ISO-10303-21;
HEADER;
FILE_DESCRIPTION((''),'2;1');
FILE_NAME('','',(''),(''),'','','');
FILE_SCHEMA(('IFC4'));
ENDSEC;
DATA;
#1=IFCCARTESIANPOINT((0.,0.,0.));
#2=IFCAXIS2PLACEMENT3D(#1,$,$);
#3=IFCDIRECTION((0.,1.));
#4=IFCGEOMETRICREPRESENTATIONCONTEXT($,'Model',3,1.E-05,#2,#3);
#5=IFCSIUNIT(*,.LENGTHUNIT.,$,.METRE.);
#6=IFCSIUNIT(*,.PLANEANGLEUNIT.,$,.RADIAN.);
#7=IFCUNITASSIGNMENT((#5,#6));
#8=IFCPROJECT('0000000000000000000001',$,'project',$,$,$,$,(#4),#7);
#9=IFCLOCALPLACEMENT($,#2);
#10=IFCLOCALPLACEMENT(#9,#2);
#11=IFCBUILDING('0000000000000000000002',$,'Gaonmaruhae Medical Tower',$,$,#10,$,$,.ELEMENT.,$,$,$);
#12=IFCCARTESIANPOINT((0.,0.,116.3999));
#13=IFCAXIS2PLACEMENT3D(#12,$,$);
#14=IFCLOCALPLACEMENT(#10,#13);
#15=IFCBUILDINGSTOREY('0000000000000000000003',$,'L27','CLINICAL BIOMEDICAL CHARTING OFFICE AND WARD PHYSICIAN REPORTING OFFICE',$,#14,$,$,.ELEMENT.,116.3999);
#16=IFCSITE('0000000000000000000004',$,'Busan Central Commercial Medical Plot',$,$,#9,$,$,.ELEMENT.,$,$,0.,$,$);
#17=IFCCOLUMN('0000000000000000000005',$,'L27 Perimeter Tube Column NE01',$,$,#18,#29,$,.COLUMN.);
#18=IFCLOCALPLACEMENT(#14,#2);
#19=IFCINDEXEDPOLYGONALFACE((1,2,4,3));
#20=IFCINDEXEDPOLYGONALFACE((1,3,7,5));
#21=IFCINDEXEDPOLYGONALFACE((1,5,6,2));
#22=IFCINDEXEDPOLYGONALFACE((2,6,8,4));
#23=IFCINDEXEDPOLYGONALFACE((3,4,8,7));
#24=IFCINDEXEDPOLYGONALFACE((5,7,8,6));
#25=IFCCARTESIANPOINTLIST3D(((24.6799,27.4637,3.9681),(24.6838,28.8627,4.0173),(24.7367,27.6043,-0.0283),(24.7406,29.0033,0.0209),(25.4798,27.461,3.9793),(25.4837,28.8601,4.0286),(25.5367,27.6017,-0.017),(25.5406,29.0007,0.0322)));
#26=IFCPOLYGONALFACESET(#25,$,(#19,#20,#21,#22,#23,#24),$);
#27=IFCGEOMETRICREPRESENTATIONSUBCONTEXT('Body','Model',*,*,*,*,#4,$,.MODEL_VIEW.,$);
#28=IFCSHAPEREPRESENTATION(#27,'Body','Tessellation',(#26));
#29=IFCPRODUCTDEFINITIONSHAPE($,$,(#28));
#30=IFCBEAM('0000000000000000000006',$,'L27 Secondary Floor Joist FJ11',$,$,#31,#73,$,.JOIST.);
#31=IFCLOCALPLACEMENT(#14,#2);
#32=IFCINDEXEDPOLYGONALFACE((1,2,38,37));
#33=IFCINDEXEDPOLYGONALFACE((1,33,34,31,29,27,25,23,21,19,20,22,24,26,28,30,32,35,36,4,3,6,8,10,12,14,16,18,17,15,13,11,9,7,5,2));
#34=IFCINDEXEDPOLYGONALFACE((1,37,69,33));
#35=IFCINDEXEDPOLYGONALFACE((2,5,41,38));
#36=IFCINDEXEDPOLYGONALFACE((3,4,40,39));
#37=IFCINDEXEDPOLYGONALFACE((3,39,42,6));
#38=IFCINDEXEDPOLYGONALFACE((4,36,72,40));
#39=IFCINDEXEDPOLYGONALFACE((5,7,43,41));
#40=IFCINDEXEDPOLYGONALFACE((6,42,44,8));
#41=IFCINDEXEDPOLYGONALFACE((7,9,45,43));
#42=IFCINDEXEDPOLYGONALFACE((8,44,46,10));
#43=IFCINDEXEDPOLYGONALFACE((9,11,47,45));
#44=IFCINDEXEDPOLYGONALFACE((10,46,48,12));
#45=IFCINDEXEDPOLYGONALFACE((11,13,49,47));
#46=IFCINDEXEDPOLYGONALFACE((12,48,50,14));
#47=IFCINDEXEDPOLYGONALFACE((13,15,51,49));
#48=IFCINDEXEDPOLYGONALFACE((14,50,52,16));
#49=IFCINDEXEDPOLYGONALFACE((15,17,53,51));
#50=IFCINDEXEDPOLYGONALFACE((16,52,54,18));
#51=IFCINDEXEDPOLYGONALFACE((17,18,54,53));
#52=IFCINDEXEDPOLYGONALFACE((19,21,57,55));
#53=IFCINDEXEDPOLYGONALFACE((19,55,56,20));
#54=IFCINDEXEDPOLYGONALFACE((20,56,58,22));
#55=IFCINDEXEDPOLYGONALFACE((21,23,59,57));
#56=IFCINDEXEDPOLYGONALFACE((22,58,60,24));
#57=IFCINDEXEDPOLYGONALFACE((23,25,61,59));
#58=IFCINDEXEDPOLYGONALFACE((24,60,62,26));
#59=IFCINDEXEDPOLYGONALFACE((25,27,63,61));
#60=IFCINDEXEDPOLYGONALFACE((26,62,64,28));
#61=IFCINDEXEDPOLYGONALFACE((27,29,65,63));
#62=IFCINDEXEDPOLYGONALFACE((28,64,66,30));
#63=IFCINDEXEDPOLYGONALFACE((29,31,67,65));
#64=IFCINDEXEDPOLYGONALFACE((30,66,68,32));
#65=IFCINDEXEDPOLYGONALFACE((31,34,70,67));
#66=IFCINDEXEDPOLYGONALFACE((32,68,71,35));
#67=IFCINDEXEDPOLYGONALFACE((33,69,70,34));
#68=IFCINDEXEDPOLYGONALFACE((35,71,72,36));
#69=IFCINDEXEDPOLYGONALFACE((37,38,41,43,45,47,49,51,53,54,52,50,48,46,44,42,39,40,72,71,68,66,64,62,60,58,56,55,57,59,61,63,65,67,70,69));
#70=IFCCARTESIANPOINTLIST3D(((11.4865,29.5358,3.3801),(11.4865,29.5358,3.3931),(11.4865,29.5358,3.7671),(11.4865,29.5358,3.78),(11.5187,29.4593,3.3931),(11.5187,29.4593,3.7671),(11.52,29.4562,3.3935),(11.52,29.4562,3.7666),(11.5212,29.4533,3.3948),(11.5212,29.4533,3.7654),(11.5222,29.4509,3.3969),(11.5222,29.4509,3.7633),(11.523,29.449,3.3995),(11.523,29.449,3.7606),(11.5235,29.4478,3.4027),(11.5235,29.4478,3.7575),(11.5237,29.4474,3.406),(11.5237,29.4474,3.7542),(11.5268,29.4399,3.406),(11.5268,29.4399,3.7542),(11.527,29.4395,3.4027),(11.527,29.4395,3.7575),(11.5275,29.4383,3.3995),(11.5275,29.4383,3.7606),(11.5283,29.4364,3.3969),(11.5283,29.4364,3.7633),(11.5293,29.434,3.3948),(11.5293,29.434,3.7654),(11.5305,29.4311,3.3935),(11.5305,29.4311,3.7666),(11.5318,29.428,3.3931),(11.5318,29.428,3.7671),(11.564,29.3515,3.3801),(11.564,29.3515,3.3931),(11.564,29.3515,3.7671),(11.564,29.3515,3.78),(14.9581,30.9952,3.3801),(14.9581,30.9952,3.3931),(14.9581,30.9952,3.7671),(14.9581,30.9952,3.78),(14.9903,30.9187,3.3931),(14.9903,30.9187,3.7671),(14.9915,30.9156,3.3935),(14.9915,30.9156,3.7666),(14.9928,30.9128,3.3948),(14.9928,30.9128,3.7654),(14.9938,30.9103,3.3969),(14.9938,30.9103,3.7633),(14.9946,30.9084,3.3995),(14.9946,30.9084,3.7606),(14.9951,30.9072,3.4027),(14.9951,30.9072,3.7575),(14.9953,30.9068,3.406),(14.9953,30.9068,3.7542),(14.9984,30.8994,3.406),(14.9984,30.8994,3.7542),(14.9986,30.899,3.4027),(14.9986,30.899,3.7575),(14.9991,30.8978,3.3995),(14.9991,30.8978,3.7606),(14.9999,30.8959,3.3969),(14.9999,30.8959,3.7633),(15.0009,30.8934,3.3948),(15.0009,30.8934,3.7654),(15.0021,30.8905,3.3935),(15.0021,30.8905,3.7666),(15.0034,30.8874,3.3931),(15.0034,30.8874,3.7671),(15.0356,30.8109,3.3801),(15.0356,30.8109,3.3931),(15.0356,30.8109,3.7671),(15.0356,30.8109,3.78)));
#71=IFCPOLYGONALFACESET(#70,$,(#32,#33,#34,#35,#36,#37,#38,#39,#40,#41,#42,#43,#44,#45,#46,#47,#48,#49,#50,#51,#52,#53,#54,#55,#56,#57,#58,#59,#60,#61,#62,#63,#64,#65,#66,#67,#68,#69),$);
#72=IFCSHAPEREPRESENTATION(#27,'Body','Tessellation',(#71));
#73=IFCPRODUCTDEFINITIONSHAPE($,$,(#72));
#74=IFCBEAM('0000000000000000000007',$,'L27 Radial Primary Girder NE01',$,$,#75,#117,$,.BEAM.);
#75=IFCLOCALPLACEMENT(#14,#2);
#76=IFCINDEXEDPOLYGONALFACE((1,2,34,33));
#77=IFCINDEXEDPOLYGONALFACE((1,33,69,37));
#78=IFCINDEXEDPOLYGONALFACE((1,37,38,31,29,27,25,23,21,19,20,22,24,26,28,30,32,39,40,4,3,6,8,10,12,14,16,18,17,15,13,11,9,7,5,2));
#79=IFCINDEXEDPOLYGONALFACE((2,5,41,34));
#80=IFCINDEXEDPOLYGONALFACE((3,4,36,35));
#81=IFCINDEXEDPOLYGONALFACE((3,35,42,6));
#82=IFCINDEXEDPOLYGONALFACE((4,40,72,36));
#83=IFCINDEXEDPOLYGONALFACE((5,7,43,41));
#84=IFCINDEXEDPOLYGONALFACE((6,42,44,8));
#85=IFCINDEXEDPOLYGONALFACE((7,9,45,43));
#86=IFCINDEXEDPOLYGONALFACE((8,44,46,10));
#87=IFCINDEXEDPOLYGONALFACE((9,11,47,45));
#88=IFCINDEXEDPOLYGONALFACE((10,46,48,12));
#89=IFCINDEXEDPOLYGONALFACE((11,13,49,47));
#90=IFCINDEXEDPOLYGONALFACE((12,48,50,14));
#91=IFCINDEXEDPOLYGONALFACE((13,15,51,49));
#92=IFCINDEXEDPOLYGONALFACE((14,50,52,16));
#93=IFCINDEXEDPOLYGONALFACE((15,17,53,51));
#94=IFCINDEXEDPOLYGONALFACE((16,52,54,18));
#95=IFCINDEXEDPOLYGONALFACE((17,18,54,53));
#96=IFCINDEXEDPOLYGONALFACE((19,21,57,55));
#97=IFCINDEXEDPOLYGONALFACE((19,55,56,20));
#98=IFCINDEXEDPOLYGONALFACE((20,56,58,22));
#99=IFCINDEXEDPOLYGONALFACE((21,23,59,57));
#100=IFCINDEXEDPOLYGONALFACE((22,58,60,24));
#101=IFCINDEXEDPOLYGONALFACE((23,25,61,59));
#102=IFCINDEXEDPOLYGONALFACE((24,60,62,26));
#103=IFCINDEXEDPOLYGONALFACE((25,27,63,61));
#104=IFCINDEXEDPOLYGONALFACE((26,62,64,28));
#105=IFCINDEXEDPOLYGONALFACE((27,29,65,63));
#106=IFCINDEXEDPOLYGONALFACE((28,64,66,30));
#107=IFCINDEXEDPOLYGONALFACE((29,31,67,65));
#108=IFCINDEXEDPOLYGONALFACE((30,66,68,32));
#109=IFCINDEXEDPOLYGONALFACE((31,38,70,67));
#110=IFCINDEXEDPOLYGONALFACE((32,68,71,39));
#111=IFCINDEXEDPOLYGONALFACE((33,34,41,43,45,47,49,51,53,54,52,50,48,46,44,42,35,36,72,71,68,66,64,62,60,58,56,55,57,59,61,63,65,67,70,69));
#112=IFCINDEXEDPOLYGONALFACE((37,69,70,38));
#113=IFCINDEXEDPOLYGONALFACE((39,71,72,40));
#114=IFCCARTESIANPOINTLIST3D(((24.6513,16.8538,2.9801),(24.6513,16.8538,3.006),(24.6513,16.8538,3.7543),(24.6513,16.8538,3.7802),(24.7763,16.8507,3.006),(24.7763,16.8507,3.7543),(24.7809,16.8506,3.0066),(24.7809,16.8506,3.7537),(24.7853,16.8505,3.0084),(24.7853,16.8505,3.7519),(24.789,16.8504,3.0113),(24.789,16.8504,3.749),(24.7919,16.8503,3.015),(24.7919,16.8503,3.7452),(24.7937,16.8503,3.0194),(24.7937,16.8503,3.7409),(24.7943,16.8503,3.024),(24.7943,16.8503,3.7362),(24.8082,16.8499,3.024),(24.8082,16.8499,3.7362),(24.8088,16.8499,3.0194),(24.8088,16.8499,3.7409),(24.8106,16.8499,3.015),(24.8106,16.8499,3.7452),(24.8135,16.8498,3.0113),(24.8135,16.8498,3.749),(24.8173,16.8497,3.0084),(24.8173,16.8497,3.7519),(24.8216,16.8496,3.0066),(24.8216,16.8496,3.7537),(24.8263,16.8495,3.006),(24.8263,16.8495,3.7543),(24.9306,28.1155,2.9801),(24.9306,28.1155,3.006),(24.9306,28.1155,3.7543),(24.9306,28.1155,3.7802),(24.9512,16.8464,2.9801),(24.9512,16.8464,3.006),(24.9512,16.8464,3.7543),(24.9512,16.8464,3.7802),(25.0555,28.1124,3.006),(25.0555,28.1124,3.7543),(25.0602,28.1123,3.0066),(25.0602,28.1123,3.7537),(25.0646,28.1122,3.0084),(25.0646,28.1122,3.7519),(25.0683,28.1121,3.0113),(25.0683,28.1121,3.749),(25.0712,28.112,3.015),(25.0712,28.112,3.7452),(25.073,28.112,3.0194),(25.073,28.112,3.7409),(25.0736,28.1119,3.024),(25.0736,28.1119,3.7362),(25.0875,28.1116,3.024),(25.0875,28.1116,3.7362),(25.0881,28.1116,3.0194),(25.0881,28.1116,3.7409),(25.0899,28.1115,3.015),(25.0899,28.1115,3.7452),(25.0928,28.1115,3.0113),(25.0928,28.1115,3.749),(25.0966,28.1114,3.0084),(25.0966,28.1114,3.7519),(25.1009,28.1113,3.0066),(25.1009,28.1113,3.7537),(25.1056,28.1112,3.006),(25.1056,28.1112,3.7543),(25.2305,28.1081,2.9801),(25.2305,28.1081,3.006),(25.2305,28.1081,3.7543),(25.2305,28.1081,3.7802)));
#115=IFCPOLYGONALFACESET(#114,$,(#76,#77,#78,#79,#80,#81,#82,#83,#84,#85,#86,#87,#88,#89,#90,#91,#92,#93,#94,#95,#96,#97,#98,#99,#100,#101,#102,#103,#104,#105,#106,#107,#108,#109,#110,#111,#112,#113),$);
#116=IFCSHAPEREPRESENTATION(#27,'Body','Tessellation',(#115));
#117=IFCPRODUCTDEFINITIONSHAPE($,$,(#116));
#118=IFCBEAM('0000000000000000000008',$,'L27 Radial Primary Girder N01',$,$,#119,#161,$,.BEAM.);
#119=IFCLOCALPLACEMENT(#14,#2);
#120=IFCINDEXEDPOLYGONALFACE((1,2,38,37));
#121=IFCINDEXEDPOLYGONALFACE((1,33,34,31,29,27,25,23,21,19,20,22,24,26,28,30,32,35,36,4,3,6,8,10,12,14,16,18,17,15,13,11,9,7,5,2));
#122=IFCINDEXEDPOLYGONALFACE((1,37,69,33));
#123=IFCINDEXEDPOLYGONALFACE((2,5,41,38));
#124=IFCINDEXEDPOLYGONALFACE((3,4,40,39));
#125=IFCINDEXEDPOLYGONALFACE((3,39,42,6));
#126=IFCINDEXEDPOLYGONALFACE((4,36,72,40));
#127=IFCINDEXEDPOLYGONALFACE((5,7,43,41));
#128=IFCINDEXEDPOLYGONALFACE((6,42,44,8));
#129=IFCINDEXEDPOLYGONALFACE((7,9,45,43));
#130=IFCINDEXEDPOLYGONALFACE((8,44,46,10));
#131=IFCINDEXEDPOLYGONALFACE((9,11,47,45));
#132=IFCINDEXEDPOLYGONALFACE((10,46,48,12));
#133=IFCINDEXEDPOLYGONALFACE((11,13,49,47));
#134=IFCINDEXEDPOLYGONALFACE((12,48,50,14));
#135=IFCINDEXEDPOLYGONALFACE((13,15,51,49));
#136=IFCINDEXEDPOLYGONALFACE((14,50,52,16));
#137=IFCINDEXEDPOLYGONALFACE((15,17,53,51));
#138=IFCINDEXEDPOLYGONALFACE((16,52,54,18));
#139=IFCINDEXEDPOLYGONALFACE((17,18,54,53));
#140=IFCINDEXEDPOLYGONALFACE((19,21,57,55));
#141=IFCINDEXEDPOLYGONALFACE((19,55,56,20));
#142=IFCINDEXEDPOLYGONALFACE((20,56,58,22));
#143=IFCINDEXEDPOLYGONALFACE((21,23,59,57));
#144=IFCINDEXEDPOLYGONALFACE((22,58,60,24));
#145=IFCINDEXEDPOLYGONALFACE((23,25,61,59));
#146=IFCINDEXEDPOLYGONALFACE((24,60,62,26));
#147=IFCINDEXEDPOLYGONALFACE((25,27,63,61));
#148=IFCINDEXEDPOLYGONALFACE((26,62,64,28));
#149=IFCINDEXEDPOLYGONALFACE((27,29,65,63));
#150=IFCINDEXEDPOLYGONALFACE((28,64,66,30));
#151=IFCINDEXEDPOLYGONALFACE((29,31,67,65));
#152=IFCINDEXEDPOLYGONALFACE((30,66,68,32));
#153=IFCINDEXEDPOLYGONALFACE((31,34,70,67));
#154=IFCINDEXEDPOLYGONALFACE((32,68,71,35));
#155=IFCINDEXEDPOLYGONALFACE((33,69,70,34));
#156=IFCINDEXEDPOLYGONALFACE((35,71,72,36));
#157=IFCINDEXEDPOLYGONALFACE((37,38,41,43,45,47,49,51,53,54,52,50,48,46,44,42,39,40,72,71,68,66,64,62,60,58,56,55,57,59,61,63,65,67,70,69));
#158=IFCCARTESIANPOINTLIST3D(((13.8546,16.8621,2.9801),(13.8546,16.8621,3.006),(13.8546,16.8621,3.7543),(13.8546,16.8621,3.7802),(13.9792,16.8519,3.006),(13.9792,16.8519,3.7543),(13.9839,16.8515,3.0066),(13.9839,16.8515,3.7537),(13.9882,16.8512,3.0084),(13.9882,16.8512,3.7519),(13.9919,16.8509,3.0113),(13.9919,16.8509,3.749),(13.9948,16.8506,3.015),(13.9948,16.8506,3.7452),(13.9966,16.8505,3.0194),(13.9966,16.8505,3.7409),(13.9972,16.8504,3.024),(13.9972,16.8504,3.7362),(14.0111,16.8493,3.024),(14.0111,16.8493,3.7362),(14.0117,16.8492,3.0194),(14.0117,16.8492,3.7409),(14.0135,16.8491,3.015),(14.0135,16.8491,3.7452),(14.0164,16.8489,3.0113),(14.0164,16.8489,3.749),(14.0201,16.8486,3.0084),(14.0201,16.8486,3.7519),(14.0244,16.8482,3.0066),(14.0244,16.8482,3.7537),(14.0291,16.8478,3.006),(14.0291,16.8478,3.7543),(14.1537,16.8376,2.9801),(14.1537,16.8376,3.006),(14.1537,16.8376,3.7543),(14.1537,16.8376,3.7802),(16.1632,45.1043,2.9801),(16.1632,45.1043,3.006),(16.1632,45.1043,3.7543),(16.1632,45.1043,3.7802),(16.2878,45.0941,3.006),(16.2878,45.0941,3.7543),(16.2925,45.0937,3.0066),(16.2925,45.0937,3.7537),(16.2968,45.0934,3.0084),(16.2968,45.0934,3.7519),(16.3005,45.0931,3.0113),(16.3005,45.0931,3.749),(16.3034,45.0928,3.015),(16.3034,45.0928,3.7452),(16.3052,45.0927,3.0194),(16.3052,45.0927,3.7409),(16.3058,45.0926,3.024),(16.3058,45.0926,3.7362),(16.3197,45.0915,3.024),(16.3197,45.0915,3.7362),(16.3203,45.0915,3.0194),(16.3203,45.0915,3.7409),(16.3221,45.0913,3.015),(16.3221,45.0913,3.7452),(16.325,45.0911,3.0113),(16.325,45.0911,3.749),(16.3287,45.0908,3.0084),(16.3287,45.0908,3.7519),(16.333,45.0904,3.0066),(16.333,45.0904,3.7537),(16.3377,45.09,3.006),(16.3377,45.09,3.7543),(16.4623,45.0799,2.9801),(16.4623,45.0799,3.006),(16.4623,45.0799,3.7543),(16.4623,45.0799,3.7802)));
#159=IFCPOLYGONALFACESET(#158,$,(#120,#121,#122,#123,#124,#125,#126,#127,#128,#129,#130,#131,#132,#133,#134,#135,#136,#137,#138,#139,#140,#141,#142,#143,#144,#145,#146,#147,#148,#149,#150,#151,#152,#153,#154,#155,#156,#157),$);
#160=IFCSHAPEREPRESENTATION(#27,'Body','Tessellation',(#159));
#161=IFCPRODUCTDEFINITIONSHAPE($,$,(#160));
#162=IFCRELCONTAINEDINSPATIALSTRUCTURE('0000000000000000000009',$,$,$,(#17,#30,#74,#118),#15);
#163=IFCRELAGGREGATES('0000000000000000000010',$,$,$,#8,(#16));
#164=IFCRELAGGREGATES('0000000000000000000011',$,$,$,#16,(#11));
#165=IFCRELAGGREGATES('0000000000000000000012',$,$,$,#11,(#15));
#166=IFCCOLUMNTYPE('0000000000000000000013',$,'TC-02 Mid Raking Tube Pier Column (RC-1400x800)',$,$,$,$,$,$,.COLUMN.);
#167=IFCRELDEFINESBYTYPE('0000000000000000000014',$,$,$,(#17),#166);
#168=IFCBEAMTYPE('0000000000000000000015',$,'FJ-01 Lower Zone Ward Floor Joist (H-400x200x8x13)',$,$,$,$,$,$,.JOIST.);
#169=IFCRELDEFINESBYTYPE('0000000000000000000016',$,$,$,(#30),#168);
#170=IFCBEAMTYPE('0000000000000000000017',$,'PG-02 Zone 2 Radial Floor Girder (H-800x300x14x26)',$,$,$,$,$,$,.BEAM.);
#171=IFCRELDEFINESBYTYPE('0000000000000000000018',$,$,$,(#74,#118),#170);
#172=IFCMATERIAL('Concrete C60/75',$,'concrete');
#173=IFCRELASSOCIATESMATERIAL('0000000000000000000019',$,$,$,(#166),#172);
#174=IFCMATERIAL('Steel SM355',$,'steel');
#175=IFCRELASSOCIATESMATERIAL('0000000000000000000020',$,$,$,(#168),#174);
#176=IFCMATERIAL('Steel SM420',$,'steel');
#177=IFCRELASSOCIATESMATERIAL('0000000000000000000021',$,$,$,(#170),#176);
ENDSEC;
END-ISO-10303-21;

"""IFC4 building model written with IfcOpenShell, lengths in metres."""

from ifc_helpers import new_model, si_unit, direction, frame, origin, origin_2d, place, context, subcontext, project, spatial, rectangle, i_section, extrude, material, material_profile, profile_set, type_object, element, save


model = new_model("IFC4")

# Units and contexts
model_context = context("Model", 3, precision=1e-05, world=origin(), true_north=direction((0.0, 1.0)))
body_context = subcontext(model_context, "Body", "Model", "MODEL_VIEW")
ifc_project = project(units=[si_unit("LENGTHUNIT", "METRE"), si_unit("PLANEANGLEUNIT", "RADIAN")], contexts=[model_context])

# Site, building, storey
site_placement = place(None, origin())
site = spatial("IfcSite", under=ifc_project, at=site_placement, Name="Busan Central Commercial Medical Plot", CompositionType="ELEMENT", RefElevation=0.0)
building_placement = place(site_placement, origin())
building = spatial("IfcBuilding", under=site, at=building_placement, Name="Gaonmaruhae Medical Tower", CompositionType="ELEMENT")
storey_placement = place(building_placement, frame((0.0, 0.0, 116.3999)))
storey = spatial("IfcBuildingStorey", under=building, at=storey_placement, Name="L27", Description="CLINICAL BIOMEDICAL CHARTING OFFICE AND WARD PHYSICIAN REPORTING OFFICE", CompositionType="ELEMENT", Elevation=116.3999)

# Column
ifc_material_1 = material(Name="Concrete C60/75", Category="concrete")
ifc_material_profile_1 = material_profile(ifc_material_1, rectangle(XDim=1.3999, YDim=0.8, at=origin_2d()), Name="RC-1400x800")
ifc_profile_set_1 = profile_set([ifc_material_profile_1], Name="Concrete C60/75")
column_type = type_object("IfcColumnType", Name="TC-02 Mid Raking Tube Pier Column (RC-1400x800)", PredefinedType="COLUMN", material=ifc_profile_set_1)
column_placement = place(storey_placement, frame((25.1387, 28.3025, 0.002), z_axis=(-0.014224, -0.035163, 0.99928), x_axis=(0.002787, 0.999376, 0.035206)))
element("IfcColumn", 1, at=column_placement, inside=storey, type_object=column_type, Name="L27 Perimeter Tube Column NE01", PredefinedType="COLUMN", context=body_context, shape_type="SweptSolid", body=[
    extrude(rectangle(XDim=1.3999, YDim=0.8, at=origin_2d()), origin(), (0.0, 0.0, 1.0), 3.9993),
])

# Beams
ifc_material_2 = material(Name="Steel SM355", Category="steel")
ifc_material_profile_2 = material_profile(ifc_material_2, i_section(OverallWidth=0.2, OverallDepth=0.3999, WebThickness=0.0081, FlangeThickness=0.0129, FilletRadius=0.0129, at=origin_2d()), Name="H-400x200x8x13")
ifc_profile_set_2 = profile_set([ifc_material_profile_2], Name="Steel SM355")
beam_type_1 = type_object("IfcBeamType", Name="FJ-01 Lower Zone Ward Floor Joist (H-400x200x8x13)", PredefinedType="JOIST", material=ifc_profile_set_2)
beam_1_placement = place(storey_placement, frame((14.9968, 30.9031, 3.5801), z_axis=(-0.921852, -0.387541, 0.0), x_axis=(0.387541, -0.921852, 0.0)))
element("IfcBeam", 2, at=beam_1_placement, inside=storey, type_object=beam_type_1, Name="L27 Secondary Floor Joist FJ11", PredefinedType="JOIST", context=body_context, shape_type="SweptSolid", body=[
    extrude(i_section(OverallWidth=0.2, OverallDepth=0.3999, WebThickness=0.0081, FlangeThickness=0.0129, FilletRadius=0.0129, at=origin_2d()), origin(), (0.0, 0.0, 1.0), 3.7659),
])
ifc_material_3 = material(Name="Steel SM420", Category="steel")
ifc_material_profile_3 = material_profile(ifc_material_3, i_section(OverallWidth=0.3, OverallDepth=0.8, WebThickness=0.0139, FlangeThickness=0.0259, FilletRadius=0.0181, at=origin_2d()), Name="H-800x300x14x26")
ifc_profile_set_3 = profile_set([ifc_material_profile_3], Name="Steel SM420")
beam_type_2 = type_object("IfcBeamType", Name="PG-02 Zone 2 Radial Floor Girder (H-800x300x14x26)", PredefinedType="BEAM", material=ifc_profile_set_3)
beam_2_placement = place(storey_placement, frame((24.8013, 16.8501, 3.3801), z_axis=(0.024793, 0.999693, 0.0), x_axis=(-0.999693, 0.024793, 0.0)))
element("IfcBeam", 3, at=beam_2_placement, inside=storey, type_object=beam_type_2, Name="L27 Radial Primary Girder NE01", PredefinedType="BEAM", context=body_context, shape_type="SweptSolid", body=[
    extrude(i_section(OverallWidth=0.3, OverallDepth=0.8, WebThickness=0.0139, FlangeThickness=0.0259, FilletRadius=0.0181, at=origin_2d()), origin(), (0.0, 0.0, 1.0), 11.2651),
])
beam_3_placement = place(storey_placement, frame((14.0042, 16.8499, 3.3801), z_axis=(0.081471, 0.996676, 0.0), x_axis=(-0.996676, 0.081471, 0.0)))
element("IfcBeam", 4, at=beam_3_placement, inside=storey, type_object=beam_type_2, Name="L27 Radial Primary Girder N01", PredefinedType="BEAM", context=body_context, shape_type="SweptSolid", body=[
    extrude(i_section(OverallWidth=0.3, OverallDepth=0.8, WebThickness=0.0139, FlangeThickness=0.0259, FilletRadius=0.0181, at=origin_2d()), origin(), (0.0, 0.0, 1.0), 28.3364),
])

save(model, "model.ifc")
